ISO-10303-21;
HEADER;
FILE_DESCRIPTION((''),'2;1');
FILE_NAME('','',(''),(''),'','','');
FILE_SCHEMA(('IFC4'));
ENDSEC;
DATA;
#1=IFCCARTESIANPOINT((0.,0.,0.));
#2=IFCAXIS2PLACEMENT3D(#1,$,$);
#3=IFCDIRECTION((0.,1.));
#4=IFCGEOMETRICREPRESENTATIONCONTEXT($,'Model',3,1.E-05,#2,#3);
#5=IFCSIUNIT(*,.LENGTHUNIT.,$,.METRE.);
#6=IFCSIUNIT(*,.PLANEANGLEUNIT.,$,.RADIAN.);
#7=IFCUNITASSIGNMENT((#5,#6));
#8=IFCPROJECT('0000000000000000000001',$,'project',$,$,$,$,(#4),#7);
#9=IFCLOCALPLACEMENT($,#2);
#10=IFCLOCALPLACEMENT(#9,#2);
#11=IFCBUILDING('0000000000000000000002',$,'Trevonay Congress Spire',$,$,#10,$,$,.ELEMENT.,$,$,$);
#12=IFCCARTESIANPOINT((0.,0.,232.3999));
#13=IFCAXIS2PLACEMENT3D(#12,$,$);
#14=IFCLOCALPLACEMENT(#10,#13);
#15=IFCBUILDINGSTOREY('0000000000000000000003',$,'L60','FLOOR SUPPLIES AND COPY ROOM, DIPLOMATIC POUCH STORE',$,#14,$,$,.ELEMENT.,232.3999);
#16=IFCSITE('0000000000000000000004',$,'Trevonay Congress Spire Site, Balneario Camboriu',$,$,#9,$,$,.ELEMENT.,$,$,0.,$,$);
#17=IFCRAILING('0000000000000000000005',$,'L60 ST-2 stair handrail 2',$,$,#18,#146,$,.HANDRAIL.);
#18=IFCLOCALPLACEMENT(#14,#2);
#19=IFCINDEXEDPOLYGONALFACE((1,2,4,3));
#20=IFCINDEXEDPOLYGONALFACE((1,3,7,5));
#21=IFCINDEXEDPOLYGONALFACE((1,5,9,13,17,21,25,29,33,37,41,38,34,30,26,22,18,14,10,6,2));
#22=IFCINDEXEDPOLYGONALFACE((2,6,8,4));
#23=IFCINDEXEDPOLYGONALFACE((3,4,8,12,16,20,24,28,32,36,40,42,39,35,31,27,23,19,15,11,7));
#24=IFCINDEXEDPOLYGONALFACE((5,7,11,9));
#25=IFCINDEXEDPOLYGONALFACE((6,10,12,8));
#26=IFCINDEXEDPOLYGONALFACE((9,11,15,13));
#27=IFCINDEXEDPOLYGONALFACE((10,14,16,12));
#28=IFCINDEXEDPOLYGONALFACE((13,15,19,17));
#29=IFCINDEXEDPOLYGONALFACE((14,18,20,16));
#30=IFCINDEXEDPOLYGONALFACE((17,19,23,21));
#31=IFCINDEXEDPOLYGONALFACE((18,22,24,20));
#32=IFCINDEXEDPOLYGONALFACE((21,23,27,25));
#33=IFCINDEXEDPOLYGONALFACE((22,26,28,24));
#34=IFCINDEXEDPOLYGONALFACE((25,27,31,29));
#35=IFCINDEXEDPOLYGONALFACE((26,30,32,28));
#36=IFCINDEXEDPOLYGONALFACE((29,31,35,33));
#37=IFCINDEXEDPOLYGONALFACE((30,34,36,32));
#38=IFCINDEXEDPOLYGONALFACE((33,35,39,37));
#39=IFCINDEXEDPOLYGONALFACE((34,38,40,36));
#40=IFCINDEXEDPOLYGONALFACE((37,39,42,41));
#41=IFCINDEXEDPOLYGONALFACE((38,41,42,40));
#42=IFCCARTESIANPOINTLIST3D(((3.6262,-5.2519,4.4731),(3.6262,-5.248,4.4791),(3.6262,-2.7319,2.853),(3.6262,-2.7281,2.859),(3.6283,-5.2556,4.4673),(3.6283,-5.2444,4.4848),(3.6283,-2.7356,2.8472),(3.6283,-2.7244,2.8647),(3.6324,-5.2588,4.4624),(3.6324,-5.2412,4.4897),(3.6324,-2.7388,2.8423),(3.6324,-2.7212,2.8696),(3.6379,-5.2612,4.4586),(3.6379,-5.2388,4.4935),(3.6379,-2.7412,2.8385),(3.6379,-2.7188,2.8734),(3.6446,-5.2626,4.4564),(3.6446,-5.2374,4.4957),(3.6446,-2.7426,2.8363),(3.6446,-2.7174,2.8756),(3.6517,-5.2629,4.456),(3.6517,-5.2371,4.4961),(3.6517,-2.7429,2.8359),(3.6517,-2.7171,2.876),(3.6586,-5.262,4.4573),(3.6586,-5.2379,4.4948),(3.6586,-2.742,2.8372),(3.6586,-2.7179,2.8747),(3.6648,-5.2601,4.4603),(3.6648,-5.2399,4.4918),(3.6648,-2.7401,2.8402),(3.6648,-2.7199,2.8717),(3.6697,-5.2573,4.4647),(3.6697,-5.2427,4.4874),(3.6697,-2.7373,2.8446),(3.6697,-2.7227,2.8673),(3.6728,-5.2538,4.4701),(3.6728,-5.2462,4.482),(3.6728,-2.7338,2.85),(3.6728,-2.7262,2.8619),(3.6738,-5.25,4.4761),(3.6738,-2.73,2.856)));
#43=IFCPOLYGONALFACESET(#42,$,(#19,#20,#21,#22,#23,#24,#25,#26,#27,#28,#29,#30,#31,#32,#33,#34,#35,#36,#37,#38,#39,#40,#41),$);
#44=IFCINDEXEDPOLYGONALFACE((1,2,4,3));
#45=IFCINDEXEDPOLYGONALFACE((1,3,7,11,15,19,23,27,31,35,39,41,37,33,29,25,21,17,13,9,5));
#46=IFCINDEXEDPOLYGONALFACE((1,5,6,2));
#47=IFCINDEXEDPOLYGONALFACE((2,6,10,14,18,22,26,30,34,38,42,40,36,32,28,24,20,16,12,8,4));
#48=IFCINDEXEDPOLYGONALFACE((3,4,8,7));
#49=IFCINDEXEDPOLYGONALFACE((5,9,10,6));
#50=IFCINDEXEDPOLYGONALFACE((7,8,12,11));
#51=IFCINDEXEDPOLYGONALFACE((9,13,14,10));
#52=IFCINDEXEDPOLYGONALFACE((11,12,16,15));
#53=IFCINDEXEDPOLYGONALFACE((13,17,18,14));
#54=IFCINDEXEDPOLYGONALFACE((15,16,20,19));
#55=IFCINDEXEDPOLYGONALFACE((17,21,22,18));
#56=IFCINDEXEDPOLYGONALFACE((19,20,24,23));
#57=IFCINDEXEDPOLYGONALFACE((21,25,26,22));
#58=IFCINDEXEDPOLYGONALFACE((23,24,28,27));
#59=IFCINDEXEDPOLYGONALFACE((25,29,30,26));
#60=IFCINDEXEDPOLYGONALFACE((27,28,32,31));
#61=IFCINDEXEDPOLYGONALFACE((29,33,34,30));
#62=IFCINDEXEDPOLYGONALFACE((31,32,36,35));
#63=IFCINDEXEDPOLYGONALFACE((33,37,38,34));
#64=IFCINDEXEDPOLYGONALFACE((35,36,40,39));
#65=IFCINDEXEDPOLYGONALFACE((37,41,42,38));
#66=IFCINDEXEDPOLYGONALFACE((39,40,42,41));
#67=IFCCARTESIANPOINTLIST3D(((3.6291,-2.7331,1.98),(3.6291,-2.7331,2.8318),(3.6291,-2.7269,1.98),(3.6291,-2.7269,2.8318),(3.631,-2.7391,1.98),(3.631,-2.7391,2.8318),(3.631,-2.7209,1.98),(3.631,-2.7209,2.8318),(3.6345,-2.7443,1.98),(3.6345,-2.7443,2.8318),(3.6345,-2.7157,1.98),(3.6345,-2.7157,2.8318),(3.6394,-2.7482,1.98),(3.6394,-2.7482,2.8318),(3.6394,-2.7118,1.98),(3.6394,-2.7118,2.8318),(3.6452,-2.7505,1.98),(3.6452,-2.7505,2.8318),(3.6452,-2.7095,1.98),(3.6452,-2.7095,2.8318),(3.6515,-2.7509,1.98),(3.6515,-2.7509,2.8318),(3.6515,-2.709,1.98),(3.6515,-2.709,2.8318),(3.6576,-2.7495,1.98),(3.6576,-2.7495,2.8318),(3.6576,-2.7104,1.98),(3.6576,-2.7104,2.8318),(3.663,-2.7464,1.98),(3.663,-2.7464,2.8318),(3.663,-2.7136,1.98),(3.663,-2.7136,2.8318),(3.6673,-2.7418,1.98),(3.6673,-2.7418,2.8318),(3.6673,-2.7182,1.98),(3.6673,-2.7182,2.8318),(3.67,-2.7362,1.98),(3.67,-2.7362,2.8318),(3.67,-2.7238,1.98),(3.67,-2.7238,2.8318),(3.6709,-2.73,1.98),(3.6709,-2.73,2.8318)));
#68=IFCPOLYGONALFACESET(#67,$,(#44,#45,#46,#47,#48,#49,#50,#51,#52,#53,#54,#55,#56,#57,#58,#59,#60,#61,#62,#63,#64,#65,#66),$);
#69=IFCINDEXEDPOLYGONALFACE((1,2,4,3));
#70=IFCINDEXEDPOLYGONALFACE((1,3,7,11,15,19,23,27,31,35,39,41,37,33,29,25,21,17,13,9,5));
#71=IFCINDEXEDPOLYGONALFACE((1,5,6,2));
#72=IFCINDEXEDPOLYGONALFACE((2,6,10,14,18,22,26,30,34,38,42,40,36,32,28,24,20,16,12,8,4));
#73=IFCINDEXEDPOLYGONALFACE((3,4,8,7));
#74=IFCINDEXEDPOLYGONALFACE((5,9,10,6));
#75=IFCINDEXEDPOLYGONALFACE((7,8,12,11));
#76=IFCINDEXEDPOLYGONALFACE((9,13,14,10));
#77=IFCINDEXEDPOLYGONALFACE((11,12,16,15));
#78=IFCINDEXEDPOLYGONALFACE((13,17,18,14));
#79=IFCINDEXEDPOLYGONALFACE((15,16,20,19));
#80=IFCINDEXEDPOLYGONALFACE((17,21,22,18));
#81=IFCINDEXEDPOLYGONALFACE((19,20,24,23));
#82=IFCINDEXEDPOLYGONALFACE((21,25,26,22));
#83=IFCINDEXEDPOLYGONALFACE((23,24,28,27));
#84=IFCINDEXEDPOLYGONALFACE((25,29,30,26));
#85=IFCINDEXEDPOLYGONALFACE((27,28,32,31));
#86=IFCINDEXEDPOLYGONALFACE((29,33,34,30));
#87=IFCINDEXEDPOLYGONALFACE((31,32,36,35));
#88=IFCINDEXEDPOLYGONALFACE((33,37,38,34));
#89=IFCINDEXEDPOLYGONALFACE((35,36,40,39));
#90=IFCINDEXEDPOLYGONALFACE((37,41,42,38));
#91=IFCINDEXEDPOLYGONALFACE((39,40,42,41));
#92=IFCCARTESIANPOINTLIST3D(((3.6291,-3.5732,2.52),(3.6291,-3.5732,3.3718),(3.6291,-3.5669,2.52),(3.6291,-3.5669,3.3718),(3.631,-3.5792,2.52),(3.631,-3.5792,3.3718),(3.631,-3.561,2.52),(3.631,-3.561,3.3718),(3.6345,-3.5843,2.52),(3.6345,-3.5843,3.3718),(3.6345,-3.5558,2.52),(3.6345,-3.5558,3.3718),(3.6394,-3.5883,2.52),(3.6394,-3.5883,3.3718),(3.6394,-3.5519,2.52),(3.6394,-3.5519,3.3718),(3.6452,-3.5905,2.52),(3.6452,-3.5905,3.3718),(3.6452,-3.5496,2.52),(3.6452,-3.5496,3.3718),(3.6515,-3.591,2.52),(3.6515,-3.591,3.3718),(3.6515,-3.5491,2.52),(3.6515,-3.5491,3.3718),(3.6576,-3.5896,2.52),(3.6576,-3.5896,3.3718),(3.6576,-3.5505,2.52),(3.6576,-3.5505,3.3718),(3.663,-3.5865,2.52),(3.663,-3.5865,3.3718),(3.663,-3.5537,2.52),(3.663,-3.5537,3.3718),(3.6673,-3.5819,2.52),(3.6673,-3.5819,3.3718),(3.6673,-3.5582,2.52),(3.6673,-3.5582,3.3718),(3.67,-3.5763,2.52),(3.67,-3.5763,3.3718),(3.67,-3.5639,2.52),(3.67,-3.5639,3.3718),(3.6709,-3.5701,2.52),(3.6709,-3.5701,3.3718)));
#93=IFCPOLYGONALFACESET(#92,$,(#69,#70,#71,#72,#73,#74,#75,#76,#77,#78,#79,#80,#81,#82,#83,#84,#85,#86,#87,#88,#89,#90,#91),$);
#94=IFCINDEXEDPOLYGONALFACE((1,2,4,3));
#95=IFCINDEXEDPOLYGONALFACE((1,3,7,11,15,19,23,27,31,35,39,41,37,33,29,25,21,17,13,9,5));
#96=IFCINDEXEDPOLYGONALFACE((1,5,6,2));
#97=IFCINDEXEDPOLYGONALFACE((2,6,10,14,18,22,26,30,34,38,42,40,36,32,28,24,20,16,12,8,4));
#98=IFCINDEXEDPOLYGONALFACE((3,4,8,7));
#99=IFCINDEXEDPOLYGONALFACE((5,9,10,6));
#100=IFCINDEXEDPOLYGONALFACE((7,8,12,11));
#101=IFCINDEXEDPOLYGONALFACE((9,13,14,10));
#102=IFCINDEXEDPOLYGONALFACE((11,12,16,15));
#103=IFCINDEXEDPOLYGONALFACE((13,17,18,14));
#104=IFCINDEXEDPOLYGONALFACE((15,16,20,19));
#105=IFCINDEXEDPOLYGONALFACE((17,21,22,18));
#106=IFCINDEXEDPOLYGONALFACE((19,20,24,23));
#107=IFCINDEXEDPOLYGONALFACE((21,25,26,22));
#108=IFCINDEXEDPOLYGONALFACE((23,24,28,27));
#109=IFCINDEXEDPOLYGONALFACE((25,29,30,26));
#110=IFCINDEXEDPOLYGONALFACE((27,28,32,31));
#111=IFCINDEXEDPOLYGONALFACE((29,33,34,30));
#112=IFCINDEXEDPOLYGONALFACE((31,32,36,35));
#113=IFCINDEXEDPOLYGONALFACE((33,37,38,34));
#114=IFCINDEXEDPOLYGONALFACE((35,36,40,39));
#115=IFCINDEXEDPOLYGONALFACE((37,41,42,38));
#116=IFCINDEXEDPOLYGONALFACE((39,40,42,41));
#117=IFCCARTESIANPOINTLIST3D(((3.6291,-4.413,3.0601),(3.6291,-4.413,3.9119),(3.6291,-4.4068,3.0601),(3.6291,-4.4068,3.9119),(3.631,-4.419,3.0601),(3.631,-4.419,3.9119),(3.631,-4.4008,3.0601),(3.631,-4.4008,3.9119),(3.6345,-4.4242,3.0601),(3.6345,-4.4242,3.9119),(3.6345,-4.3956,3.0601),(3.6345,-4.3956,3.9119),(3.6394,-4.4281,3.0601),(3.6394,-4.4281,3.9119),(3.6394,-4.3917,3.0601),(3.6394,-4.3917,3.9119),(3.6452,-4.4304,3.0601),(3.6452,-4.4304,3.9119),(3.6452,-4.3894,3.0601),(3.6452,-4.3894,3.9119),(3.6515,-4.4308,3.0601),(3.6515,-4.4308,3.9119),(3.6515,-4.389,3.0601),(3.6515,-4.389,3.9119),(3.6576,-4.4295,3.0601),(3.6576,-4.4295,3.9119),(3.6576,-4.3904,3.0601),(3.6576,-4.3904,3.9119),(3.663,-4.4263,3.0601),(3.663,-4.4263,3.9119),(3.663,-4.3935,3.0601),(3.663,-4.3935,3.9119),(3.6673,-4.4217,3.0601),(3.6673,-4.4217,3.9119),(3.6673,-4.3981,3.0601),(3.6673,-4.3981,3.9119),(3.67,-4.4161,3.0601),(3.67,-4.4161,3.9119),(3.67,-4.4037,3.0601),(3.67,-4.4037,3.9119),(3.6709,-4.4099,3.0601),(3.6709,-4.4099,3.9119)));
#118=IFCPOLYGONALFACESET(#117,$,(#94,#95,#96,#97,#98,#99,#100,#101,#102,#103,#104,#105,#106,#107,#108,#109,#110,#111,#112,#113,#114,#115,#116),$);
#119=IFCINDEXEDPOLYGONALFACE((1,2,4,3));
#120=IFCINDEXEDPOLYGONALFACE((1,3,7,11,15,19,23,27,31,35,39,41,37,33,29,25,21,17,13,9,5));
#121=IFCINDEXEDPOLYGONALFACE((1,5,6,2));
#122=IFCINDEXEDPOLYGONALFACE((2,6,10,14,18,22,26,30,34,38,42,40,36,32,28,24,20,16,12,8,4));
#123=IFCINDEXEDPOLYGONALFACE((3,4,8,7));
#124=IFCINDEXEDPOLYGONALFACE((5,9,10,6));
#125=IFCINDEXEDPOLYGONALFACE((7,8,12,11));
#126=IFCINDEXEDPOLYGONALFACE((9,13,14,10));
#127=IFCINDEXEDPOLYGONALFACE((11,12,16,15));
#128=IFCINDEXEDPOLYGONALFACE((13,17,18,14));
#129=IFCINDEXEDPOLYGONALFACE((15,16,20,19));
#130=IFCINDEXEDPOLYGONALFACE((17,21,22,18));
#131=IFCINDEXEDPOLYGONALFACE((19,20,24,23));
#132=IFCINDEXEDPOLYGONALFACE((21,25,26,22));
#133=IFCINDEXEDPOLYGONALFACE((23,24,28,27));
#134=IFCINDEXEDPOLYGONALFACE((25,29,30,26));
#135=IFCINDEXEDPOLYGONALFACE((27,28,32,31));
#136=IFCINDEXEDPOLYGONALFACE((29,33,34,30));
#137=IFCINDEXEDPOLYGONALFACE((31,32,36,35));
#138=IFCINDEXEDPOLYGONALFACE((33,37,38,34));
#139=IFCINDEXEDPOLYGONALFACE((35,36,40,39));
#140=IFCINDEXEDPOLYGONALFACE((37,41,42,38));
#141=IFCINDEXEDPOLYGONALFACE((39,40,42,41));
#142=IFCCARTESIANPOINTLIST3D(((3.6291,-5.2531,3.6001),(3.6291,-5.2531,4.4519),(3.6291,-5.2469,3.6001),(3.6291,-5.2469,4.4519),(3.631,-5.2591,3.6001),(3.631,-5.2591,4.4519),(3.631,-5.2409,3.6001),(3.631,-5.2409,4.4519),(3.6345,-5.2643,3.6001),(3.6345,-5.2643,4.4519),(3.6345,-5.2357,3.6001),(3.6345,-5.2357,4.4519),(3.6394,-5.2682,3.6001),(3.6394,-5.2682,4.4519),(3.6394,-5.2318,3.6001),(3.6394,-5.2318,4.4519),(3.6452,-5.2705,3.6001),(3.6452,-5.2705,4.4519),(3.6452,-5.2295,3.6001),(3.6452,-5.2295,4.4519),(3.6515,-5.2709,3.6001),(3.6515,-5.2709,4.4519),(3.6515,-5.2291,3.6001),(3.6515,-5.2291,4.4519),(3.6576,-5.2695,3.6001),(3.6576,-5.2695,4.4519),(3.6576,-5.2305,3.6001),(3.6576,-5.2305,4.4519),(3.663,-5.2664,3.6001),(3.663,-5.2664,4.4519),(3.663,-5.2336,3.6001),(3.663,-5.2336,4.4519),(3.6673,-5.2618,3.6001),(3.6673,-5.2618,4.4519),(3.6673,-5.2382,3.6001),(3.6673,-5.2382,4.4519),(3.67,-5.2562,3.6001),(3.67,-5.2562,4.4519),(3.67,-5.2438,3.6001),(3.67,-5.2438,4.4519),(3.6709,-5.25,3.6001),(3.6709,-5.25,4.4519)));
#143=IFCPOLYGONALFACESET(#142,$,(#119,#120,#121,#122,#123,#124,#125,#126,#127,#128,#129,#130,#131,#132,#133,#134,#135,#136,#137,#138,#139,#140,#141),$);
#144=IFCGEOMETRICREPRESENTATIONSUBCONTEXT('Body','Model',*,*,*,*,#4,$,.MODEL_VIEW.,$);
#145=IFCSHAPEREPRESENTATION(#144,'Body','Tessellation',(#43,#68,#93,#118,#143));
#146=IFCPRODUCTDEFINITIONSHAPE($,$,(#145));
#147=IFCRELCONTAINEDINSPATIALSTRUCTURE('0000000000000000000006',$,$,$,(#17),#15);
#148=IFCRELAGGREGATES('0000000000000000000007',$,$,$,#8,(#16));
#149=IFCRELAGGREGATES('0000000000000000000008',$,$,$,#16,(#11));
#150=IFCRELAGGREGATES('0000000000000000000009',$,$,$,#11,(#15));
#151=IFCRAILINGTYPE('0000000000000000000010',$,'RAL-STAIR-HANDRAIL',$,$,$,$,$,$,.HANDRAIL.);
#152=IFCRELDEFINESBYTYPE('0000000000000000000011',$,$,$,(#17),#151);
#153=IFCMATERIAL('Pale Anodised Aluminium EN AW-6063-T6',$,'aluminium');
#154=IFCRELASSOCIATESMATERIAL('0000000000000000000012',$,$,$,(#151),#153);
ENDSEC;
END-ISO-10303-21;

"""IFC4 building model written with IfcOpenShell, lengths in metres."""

from ifc_helpers import new_model, si_unit, direction, frame, origin, origin_2d, place, context, subcontext, project, spatial, circle, extrude, material, type_object, element, save


model = new_model("IFC4")

# Units and contexts
model_context = context("Model", 3, precision=1e-05, world=origin(), true_north=direction((0.0, 1.0)))
body_context = subcontext(model_context, "Body", "Model", "MODEL_VIEW")
ifc_project = project(units=[si_unit("LENGTHUNIT", "METRE"), si_unit("PLANEANGLEUNIT", "RADIAN")], contexts=[model_context])

# Site, building, storey
site_placement = place(None, origin())
site = spatial("IfcSite", under=ifc_project, at=site_placement, Name="Trevonay Congress Spire Site, Balneario Camboriu", CompositionType="ELEMENT", RefElevation=0.0)
building_placement = place(site_placement, origin())
building = spatial("IfcBuilding", under=site, at=building_placement, Name="Trevonay Congress Spire", CompositionType="ELEMENT")
storey_placement = place(building_placement, frame((0.0, 0.0, 232.3999)))
storey = spatial("IfcBuildingStorey", under=building, at=storey_placement, Name="L60", Description="FLOOR SUPPLIES AND COPY ROOM, DIPLOMATIC POUCH STORE", CompositionType="ELEMENT", Elevation=232.3999)

# Shared definitions
ifc_material_1 = material(Name="Pale Anodised Aluminium EN AW-6063-T6", Category="aluminium")

# Railing
railing_type_1 = type_object("IfcRailingType", Name="RAL-STAIR-HANDRAIL", PredefinedType="HANDRAIL", material=ifc_material_1)
railing_1_placement = place(storey_placement, frame((3.6499, -2.73, 1.98)))
element("IfcRailing", 1, at=railing_1_placement, inside=storey, type_object=railing_type_1, Name="L60 ST-2 stair handrail 2", PredefinedType="HANDRAIL", context=body_context, shape_type="SweptSolid", body=[
    extrude(circle(Radius=0.0239, at=origin_2d()), frame((0.0, 0.0, 0.876), z_axis=(0.0, -0.841163, 0.540782), x_axis=(1.0, 0.0, 0.0)), (0.0, 0.0, 1.0), 2.9958),
    extrude(circle(Radius=0.021, at=origin_2d()), origin(), (0.0, 0.0, 1.0), 0.8518),
    extrude(circle(Radius=0.021, at=origin_2d()), frame((0.0, -0.8401, 0.54)), (0.0, 0.0, 1.0), 0.8518),
    extrude(circle(Radius=0.021, at=origin_2d()), frame((0.0, -1.6799, 1.0801)), (0.0, 0.0, 1.0), 0.8518),
    extrude(circle(Radius=0.021, at=origin_2d()), frame((0.0, -2.52, 1.6201)), (0.0, 0.0, 1.0), 0.8518),
])

save(model, "model.ifc")
